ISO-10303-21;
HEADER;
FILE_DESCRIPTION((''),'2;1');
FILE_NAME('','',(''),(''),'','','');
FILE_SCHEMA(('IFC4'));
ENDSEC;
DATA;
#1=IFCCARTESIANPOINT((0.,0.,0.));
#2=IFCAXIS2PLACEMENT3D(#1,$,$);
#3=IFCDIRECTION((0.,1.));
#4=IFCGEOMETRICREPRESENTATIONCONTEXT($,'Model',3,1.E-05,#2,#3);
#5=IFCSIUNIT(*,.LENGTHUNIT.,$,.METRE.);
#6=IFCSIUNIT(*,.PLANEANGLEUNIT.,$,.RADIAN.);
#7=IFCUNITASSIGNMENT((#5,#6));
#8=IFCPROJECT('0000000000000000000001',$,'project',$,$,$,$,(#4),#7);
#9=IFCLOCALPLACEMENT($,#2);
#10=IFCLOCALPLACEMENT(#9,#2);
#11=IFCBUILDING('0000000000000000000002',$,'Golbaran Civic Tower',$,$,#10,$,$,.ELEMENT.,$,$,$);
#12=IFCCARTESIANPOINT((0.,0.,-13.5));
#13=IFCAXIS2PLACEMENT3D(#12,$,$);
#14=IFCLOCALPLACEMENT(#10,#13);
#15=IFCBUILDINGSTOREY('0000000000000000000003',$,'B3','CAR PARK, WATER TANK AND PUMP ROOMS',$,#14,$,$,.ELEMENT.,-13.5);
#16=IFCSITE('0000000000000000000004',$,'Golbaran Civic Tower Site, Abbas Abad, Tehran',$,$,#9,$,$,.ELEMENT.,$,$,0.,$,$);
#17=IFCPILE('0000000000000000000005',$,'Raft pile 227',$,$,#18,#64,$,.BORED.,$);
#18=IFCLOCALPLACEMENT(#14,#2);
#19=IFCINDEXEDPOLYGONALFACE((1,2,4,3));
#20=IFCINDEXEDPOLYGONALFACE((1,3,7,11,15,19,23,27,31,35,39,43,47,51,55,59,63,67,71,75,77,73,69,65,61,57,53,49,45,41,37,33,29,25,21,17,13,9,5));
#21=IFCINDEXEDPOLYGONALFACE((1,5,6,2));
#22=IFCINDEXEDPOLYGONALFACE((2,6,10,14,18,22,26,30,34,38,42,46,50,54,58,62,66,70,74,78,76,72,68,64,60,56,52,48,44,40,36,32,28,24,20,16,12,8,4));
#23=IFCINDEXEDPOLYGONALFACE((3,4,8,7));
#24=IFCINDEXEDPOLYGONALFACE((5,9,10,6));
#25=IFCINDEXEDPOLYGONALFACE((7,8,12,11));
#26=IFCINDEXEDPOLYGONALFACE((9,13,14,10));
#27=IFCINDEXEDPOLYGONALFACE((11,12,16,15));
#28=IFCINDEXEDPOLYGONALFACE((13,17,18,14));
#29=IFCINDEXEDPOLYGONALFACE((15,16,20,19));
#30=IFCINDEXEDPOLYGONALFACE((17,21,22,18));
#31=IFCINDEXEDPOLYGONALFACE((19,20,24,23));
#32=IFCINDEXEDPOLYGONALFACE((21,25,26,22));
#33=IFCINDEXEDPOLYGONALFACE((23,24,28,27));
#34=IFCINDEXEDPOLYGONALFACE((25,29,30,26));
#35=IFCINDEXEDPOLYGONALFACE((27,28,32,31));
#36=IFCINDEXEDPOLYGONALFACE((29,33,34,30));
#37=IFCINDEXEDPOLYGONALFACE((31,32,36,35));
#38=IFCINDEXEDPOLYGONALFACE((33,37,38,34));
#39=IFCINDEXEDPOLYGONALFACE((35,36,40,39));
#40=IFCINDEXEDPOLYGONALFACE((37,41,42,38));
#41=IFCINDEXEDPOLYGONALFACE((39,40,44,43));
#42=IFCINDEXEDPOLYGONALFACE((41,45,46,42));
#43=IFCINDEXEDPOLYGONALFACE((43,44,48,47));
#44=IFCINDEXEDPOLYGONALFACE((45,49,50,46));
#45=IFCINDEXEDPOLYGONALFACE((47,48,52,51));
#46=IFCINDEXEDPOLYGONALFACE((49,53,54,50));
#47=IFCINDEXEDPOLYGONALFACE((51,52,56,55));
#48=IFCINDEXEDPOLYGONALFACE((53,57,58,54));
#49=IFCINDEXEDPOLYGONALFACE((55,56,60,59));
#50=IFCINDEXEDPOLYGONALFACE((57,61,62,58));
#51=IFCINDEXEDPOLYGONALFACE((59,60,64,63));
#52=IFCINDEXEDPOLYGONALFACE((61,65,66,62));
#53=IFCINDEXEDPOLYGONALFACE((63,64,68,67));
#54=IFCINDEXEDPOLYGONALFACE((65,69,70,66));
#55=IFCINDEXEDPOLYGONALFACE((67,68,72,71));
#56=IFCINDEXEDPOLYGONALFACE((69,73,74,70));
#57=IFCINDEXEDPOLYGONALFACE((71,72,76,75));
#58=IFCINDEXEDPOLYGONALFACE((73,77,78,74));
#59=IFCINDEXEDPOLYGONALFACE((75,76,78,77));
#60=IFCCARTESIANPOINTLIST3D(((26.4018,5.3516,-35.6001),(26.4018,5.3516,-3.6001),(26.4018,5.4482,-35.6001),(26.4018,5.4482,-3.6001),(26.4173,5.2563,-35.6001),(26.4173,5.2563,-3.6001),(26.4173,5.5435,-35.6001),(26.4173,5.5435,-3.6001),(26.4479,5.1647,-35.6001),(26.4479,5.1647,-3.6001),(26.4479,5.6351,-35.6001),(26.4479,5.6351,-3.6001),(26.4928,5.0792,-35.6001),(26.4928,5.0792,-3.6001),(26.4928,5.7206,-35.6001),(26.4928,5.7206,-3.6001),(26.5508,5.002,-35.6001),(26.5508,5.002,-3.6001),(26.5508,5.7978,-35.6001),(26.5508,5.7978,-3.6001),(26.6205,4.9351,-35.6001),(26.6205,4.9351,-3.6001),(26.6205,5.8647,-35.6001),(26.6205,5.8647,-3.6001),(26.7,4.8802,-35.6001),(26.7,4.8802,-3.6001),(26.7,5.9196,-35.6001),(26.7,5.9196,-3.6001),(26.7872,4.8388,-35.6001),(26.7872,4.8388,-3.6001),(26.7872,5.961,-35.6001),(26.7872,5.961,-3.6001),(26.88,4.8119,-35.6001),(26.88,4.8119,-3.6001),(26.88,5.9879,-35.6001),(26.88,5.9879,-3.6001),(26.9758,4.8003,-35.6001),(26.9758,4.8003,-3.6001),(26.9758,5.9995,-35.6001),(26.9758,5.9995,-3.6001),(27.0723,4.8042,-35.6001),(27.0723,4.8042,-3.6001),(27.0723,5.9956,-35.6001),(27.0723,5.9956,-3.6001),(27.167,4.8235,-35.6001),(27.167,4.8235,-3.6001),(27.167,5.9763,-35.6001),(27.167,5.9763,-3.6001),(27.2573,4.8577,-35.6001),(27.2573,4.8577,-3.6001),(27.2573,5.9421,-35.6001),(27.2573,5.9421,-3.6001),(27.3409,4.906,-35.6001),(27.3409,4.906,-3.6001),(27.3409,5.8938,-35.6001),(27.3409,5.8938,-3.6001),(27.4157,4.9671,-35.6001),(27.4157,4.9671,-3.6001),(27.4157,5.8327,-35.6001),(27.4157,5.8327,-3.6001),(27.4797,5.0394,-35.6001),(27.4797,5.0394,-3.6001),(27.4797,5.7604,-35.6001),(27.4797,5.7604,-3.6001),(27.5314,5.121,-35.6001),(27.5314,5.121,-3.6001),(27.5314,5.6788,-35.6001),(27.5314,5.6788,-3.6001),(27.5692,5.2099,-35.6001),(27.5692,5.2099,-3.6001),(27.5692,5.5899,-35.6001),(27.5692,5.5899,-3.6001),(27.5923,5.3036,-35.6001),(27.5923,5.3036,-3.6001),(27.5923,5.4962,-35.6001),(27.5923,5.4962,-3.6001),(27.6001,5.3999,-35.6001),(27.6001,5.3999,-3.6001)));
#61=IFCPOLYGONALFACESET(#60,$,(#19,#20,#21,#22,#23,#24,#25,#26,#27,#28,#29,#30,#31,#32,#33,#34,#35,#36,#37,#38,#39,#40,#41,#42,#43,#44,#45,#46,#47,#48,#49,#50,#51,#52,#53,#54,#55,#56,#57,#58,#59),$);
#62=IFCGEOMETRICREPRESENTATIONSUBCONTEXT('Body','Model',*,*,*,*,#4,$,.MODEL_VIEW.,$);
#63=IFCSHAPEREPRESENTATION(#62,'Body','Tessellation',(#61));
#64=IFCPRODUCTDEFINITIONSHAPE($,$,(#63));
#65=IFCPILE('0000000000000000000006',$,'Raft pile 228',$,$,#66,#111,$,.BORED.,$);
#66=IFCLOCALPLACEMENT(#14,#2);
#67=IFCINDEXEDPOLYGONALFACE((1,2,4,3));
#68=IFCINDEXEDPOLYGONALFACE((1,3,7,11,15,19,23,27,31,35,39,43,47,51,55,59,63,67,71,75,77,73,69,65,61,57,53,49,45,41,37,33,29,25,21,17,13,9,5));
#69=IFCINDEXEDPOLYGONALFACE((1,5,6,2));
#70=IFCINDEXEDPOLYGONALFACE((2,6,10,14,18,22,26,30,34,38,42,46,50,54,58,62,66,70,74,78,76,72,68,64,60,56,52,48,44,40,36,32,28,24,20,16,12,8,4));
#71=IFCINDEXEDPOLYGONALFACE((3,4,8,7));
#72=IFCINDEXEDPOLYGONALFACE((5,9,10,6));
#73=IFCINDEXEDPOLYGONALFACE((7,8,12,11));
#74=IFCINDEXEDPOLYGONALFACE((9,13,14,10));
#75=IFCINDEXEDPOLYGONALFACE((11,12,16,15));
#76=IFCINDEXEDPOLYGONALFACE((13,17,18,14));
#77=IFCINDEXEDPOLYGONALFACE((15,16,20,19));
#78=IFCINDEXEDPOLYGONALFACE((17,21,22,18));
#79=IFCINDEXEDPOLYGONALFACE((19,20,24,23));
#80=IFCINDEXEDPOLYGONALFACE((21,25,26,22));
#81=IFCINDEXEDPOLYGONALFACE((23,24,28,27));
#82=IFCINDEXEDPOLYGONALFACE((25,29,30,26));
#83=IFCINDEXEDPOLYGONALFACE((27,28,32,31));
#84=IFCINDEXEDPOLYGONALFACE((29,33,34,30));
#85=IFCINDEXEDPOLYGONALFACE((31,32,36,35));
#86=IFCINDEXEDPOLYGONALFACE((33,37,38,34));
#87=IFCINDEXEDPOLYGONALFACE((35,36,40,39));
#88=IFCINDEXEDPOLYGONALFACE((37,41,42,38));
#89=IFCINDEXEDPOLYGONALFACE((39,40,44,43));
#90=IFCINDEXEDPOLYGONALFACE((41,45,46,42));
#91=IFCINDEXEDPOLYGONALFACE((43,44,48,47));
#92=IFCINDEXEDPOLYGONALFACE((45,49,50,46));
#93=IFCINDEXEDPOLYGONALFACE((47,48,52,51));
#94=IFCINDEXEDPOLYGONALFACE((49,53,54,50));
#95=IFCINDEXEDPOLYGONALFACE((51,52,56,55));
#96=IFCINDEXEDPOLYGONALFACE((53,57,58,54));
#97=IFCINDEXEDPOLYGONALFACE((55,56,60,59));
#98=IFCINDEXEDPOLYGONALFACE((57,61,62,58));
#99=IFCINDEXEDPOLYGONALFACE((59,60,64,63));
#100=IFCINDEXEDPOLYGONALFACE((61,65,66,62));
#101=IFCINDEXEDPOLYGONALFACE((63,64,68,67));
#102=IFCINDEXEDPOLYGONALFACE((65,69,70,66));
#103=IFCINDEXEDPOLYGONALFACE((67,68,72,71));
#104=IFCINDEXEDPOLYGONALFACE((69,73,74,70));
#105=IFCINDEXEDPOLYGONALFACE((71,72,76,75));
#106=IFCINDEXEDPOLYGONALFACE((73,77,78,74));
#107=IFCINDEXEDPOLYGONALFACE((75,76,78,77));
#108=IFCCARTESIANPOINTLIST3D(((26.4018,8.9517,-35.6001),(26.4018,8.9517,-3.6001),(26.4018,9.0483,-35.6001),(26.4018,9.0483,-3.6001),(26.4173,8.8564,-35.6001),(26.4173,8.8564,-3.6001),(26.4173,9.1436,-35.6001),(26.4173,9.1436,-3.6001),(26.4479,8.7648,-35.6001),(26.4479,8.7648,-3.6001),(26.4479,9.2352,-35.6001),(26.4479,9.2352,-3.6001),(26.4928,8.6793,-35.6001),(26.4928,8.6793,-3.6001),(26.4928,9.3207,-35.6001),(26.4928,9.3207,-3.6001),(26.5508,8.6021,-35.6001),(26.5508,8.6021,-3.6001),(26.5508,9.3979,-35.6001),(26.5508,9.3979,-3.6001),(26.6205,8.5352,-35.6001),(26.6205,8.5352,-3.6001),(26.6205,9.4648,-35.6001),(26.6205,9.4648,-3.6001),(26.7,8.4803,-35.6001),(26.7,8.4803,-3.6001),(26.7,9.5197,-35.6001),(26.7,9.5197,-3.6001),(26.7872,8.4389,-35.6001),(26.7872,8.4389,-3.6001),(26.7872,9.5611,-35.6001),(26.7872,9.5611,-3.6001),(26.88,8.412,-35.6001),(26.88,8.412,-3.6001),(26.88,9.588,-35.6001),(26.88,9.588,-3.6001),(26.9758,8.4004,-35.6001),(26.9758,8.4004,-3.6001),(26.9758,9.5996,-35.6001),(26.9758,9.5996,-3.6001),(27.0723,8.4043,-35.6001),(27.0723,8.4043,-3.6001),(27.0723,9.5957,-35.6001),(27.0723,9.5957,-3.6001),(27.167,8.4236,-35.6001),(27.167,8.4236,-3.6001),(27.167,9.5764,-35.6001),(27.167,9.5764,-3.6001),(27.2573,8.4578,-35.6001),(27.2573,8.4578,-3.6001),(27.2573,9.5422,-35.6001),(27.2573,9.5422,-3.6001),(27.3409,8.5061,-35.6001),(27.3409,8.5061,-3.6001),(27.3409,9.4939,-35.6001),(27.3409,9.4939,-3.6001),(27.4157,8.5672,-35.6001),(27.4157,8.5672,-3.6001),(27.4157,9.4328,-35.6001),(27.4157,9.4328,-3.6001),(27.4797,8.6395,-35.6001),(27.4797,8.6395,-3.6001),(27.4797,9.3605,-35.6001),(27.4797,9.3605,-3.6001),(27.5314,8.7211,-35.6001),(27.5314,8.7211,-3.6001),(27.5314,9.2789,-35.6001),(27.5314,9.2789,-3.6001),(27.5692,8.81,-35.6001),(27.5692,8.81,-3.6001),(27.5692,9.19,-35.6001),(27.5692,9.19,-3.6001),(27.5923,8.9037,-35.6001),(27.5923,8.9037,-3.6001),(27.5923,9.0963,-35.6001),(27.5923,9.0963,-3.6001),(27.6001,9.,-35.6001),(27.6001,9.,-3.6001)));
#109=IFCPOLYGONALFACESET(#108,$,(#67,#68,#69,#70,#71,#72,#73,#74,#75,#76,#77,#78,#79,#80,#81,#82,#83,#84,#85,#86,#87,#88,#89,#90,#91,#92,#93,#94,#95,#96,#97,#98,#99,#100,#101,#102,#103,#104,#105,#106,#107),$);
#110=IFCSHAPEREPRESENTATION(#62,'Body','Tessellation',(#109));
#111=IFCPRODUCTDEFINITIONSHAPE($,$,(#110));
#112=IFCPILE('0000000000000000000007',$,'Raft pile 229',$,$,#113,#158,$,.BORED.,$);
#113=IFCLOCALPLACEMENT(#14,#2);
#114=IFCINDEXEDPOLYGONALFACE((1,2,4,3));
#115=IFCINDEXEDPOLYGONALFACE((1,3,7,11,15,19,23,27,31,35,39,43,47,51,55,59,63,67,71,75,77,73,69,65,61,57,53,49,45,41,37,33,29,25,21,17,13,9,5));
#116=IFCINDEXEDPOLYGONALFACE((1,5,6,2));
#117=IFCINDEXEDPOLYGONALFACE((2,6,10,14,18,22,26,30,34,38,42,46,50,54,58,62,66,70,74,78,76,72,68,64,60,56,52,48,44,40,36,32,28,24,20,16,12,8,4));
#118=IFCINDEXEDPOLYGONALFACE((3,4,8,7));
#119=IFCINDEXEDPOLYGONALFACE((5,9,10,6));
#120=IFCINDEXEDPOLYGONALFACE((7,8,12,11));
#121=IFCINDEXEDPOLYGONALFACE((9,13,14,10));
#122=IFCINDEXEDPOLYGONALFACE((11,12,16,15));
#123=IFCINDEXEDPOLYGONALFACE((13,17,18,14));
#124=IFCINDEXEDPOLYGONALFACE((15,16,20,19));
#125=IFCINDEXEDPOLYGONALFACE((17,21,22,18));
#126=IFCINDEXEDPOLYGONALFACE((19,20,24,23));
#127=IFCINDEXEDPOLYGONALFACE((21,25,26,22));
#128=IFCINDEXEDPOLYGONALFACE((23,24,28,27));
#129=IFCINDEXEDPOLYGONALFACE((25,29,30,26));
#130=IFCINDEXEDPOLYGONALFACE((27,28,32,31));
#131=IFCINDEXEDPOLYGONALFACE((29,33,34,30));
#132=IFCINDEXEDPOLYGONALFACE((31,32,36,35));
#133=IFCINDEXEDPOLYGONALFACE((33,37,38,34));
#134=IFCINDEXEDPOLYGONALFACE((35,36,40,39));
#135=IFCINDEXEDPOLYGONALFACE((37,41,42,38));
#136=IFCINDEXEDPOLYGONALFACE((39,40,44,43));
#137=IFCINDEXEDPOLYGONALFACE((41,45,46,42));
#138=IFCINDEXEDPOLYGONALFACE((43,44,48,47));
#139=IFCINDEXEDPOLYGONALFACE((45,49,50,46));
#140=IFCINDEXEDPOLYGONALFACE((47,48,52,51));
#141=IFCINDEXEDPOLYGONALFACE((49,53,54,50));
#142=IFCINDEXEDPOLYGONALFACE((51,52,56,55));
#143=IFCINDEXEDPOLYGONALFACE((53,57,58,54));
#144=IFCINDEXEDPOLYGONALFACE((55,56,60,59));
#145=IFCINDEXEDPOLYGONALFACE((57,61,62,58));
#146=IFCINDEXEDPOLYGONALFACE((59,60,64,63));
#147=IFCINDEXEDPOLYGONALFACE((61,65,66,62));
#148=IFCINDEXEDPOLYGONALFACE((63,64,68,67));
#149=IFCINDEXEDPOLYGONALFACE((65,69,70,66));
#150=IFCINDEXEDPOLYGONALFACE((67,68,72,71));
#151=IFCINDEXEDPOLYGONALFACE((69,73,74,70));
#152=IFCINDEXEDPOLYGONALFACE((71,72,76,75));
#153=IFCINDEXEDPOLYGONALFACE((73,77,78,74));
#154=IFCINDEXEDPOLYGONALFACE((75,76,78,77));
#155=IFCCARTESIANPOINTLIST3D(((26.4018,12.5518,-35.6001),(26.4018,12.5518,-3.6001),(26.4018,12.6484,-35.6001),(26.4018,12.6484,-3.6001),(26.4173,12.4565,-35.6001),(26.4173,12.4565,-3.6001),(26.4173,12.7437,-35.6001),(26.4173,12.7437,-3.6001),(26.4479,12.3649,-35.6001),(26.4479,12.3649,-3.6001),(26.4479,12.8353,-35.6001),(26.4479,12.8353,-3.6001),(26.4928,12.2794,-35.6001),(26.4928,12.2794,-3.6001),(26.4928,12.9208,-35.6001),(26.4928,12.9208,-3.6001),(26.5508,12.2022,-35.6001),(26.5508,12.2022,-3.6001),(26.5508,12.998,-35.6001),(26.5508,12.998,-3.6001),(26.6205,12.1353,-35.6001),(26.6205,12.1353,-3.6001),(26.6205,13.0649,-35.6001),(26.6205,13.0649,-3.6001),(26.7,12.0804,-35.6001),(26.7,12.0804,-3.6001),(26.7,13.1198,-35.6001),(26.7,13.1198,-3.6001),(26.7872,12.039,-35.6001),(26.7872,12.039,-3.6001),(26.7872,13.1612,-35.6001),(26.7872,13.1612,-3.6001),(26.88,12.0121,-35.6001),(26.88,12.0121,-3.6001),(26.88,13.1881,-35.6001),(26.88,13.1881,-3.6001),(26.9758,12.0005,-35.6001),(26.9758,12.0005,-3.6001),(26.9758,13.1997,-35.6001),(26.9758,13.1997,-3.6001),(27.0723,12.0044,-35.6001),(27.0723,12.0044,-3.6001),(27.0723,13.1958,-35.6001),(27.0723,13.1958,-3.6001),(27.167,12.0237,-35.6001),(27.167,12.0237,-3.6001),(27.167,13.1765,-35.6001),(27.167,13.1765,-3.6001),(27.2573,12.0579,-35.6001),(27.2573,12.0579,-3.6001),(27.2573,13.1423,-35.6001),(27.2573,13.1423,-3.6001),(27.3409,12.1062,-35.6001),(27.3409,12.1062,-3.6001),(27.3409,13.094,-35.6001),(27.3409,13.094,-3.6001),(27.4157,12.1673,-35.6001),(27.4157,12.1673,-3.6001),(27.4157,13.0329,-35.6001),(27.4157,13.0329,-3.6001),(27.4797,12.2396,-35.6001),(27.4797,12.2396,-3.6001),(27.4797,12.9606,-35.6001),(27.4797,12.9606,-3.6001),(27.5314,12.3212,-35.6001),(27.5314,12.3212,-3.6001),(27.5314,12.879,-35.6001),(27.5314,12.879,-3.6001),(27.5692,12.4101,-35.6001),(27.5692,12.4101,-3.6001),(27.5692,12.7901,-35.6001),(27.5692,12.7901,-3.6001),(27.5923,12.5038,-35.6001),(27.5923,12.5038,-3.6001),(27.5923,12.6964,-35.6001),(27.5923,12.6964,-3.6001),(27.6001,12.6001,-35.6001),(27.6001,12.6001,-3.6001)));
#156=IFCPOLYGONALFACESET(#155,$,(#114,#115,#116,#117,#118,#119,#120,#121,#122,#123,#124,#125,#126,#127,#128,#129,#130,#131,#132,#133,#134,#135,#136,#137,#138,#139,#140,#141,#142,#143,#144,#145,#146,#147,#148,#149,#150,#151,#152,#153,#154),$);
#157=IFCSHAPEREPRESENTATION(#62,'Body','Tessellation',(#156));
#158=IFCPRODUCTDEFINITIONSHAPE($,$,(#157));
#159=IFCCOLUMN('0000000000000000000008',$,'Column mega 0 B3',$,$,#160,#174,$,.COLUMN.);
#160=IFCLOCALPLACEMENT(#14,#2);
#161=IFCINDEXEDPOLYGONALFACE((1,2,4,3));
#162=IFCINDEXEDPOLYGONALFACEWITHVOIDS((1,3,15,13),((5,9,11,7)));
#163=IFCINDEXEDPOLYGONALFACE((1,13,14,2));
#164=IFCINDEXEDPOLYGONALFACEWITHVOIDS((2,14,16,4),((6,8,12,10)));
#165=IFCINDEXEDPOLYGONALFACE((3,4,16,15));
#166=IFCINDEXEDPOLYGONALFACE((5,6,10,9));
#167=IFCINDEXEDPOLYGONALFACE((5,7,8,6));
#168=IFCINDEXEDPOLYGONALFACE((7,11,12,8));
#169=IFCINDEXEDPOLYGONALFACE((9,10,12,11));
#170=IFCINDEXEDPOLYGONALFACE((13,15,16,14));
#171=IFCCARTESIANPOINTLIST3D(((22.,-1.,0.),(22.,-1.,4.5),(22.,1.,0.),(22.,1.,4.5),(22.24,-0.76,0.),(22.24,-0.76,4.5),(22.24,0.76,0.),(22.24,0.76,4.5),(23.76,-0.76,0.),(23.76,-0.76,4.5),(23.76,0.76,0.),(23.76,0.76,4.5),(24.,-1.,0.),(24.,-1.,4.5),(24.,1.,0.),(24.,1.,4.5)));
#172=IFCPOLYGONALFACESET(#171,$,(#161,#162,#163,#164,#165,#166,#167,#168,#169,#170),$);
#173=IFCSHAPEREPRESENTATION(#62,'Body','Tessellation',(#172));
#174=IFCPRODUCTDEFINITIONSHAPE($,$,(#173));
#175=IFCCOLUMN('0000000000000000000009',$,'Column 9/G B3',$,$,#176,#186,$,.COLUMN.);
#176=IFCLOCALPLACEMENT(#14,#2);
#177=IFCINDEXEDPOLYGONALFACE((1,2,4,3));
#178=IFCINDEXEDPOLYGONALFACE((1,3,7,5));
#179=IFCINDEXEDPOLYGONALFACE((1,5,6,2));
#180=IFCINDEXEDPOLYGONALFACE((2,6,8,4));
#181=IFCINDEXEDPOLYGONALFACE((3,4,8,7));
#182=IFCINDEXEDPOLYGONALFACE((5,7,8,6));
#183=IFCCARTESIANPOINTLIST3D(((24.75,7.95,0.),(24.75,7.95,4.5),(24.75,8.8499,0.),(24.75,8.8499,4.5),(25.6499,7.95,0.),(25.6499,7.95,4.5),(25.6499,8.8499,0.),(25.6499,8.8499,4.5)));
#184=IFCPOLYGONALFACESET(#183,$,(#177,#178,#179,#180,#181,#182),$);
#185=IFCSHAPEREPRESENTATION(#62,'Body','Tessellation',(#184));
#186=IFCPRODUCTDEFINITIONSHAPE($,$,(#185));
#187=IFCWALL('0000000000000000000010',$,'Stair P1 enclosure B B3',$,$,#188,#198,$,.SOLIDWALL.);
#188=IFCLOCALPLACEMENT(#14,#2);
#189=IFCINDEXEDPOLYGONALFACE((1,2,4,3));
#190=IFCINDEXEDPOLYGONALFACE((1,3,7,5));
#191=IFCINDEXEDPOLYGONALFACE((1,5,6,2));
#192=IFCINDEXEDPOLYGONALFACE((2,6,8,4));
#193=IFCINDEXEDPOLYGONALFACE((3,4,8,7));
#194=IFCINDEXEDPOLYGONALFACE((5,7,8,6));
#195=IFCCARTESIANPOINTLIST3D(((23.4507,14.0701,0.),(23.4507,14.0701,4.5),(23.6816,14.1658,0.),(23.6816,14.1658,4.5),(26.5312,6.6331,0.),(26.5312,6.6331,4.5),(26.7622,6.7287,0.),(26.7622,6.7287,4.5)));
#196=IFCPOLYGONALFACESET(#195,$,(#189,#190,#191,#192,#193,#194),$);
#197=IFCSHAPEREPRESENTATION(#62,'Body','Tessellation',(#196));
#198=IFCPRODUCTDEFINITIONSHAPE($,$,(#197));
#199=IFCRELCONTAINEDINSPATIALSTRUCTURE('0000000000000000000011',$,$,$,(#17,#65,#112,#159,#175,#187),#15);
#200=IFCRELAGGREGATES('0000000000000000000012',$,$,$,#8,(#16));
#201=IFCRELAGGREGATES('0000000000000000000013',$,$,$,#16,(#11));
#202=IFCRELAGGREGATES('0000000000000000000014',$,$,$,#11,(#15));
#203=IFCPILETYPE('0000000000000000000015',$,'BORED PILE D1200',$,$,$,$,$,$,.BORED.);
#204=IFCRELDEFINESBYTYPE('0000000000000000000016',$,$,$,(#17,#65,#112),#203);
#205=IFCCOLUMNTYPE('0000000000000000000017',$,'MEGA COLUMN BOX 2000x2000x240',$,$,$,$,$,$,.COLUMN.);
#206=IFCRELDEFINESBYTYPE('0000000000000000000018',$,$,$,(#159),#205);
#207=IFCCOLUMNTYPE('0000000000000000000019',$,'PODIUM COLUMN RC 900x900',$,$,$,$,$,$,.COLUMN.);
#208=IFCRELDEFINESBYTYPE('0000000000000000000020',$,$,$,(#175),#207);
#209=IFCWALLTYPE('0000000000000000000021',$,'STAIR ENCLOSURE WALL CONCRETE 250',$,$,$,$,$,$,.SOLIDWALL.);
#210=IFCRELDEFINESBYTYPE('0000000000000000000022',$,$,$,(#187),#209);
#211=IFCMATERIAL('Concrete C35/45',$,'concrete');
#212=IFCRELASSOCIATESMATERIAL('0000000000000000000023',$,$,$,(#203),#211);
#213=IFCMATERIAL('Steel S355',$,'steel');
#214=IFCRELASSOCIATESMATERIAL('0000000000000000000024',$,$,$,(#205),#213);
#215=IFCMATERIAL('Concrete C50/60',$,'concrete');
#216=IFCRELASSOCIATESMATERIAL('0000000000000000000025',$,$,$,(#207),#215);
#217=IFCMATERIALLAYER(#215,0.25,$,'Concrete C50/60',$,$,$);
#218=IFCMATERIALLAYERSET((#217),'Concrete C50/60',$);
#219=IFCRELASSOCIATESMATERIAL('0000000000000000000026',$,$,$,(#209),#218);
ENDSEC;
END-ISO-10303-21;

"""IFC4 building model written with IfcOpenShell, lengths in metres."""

from ifc_helpers import new_model, si_unit, direction, frame, frame_2d, origin, origin_2d, place, context, subcontext, project, spatial, rectangle, hollow_rectangle, circle, extrude, material, layer, layer_set, material_profile, profile_set, type_object, element, save


model = new_model("IFC4")

# Units and contexts
model_context = context("Model", 3, precision=1e-05, world=origin(), true_north=direction((0.0, 1.0)))
body_context = subcontext(model_context, "Body", "Model", "MODEL_VIEW")
ifc_project = project(units=[si_unit("LENGTHUNIT", "METRE"), si_unit("PLANEANGLEUNIT", "RADIAN")], contexts=[model_context])

# Site, building, storey
site_placement = place(None, origin())
site = spatial("IfcSite", under=ifc_project, at=site_placement, Name="Golbaran Civic Tower Site, Abbas Abad, Tehran", CompositionType="ELEMENT", RefElevation=0.0)
building_placement = place(site_placement, origin())
building = spatial("IfcBuilding", under=site, at=building_placement, Name="Golbaran Civic Tower", CompositionType="ELEMENT")
storey_placement = place(building_placement, frame((0.0, 0.0, -13.5)))
storey = spatial("IfcBuildingStorey", under=building, at=storey_placement, Name="B3", Description="CAR PARK, WATER TANK AND PUMP ROOMS", CompositionType="ELEMENT", Elevation=-13.5)

# Piles
ifc_material_1 = material(Name="Concrete C35/45", Category="concrete")
ifc_material_profile_1 = material_profile(ifc_material_1, circle(Radius=0.6001, at=origin_2d()), Name="BORED PILE D1200")
ifc_profile_set_1 = profile_set([ifc_material_profile_1], Name="Concrete C35/45")
pile_type = type_object("IfcPileType", Name="BORED PILE D1200", PredefinedType="BORED", material=ifc_profile_set_1)
for number, where, z_axis, x_axis, name in (
    (1, (27.0, 5.3999, -3.6001), (0.0, 0.0, -1.0), (1.0, 0.0, 0.0), "Raft pile 227"),
    (2, (27.0, 9.0, -3.6001), (0.0, 0.0, -1.0), (1.0, 0.0, 0.0), "Raft pile 228"),
    (3, (27.0, 12.6001, -3.6001), (0.0, 0.0, -1.0), (1.0, 0.0, 0.0), "Raft pile 229"),
):
    element("IfcPile", number, at=place(storey_placement, frame(where, z_axis=z_axis, x_axis=x_axis)), inside=storey, type_object=pile_type, Name=name, PredefinedType="BORED", context=body_context, shape_type="SweptSolid", body=[
        extrude(circle(Radius=0.6001, at=origin_2d()), origin(), (0.0, 0.0, 1.0), 32.0),
    ])

# Columns
ifc_material_2 = material(Name="Steel S355", Category="steel")
ifc_material_profile_2 = material_profile(ifc_material_2, hollow_rectangle(XDim=2.0, YDim=2.0, WallThickness=0.24, at=origin_2d()), Name="BOX 2000x2000x240")
ifc_profile_set_2 = profile_set([ifc_material_profile_2], Name="Steel S355")
column_type_1 = type_object("IfcColumnType", Name="MEGA COLUMN BOX 2000x2000x240", PredefinedType="COLUMN", material=ifc_profile_set_2)
column_1_placement = place(storey_placement, frame((23.0, 0.0, 0.0), z_axis=(0.0, 0.0, 1.0), x_axis=(1.0, 0.0, 0.0)))
element("IfcColumn", 4, at=column_1_placement, inside=storey, type_object=column_type_1, Name="Column mega 0 B3", PredefinedType="COLUMN", context=body_context, shape_type="SweptSolid", body=[
    extrude(hollow_rectangle(XDim=2.0, YDim=2.0, WallThickness=0.24, at=origin_2d()), origin(), (0.0, 0.0, 1.0), 4.5),
])
ifc_material_3 = material(Name="Concrete C50/60", Category="concrete")
ifc_material_profile_3 = material_profile(ifc_material_3, rectangle(XDim=0.8999, YDim=0.8999, at=origin_2d()), Name="RC 900x900")
ifc_profile_set_3 = profile_set([ifc_material_profile_3], Name="Concrete C50/60")
column_type_2 = type_object("IfcColumnType", Name="PODIUM COLUMN RC 900x900", PredefinedType="COLUMN", material=ifc_profile_set_3)
column_2_placement = place(storey_placement, frame((25.2, 8.3999, 0.0), z_axis=(0.0, 0.0, 1.0), x_axis=(1.0, 0.0, 0.0)))
element("IfcColumn", 5, at=column_2_placement, inside=storey, type_object=column_type_2, Name="Column 9/G B3", PredefinedType="COLUMN", context=body_context, shape_type="SweptSolid", body=[
    extrude(rectangle(XDim=0.8999, YDim=0.8999, at=origin_2d()), origin(), (0.0, 0.0, 1.0), 4.5),
])

# Wall
ifc_layer_1 = layer(ifc_material_3, 0.25, Name="Concrete C50/60")
ifc_layer_set_1 = layer_set([ifc_layer_1], Name="Concrete C50/60")
wall_type_1 = type_object("IfcWallType", Name="STAIR ENCLOSURE WALL CONCRETE 250", PredefinedType="SOLIDWALL", material=ifc_layer_set_1)
wall_1_placement = place(storey_placement, frame((26.6467, 6.6809, 0.0), z_axis=(0.0, 0.0, 1.0), x_axis=(-0.382689, 0.923877, 0.0)))
element("IfcWall", 6, at=wall_1_placement, inside=storey, type_object=wall_type_1, Name="Stair P1 enclosure B B3", PredefinedType="SOLIDWALL", context=body_context, shape_type="SweptSolid", body=[
    extrude(rectangle(XDim=8.0498, YDim=0.25, at=frame_2d((4.0249, 0.0))), origin(), (0.0, 0.0, 1.0), 4.5),
])

save(model, "model.ifc")
